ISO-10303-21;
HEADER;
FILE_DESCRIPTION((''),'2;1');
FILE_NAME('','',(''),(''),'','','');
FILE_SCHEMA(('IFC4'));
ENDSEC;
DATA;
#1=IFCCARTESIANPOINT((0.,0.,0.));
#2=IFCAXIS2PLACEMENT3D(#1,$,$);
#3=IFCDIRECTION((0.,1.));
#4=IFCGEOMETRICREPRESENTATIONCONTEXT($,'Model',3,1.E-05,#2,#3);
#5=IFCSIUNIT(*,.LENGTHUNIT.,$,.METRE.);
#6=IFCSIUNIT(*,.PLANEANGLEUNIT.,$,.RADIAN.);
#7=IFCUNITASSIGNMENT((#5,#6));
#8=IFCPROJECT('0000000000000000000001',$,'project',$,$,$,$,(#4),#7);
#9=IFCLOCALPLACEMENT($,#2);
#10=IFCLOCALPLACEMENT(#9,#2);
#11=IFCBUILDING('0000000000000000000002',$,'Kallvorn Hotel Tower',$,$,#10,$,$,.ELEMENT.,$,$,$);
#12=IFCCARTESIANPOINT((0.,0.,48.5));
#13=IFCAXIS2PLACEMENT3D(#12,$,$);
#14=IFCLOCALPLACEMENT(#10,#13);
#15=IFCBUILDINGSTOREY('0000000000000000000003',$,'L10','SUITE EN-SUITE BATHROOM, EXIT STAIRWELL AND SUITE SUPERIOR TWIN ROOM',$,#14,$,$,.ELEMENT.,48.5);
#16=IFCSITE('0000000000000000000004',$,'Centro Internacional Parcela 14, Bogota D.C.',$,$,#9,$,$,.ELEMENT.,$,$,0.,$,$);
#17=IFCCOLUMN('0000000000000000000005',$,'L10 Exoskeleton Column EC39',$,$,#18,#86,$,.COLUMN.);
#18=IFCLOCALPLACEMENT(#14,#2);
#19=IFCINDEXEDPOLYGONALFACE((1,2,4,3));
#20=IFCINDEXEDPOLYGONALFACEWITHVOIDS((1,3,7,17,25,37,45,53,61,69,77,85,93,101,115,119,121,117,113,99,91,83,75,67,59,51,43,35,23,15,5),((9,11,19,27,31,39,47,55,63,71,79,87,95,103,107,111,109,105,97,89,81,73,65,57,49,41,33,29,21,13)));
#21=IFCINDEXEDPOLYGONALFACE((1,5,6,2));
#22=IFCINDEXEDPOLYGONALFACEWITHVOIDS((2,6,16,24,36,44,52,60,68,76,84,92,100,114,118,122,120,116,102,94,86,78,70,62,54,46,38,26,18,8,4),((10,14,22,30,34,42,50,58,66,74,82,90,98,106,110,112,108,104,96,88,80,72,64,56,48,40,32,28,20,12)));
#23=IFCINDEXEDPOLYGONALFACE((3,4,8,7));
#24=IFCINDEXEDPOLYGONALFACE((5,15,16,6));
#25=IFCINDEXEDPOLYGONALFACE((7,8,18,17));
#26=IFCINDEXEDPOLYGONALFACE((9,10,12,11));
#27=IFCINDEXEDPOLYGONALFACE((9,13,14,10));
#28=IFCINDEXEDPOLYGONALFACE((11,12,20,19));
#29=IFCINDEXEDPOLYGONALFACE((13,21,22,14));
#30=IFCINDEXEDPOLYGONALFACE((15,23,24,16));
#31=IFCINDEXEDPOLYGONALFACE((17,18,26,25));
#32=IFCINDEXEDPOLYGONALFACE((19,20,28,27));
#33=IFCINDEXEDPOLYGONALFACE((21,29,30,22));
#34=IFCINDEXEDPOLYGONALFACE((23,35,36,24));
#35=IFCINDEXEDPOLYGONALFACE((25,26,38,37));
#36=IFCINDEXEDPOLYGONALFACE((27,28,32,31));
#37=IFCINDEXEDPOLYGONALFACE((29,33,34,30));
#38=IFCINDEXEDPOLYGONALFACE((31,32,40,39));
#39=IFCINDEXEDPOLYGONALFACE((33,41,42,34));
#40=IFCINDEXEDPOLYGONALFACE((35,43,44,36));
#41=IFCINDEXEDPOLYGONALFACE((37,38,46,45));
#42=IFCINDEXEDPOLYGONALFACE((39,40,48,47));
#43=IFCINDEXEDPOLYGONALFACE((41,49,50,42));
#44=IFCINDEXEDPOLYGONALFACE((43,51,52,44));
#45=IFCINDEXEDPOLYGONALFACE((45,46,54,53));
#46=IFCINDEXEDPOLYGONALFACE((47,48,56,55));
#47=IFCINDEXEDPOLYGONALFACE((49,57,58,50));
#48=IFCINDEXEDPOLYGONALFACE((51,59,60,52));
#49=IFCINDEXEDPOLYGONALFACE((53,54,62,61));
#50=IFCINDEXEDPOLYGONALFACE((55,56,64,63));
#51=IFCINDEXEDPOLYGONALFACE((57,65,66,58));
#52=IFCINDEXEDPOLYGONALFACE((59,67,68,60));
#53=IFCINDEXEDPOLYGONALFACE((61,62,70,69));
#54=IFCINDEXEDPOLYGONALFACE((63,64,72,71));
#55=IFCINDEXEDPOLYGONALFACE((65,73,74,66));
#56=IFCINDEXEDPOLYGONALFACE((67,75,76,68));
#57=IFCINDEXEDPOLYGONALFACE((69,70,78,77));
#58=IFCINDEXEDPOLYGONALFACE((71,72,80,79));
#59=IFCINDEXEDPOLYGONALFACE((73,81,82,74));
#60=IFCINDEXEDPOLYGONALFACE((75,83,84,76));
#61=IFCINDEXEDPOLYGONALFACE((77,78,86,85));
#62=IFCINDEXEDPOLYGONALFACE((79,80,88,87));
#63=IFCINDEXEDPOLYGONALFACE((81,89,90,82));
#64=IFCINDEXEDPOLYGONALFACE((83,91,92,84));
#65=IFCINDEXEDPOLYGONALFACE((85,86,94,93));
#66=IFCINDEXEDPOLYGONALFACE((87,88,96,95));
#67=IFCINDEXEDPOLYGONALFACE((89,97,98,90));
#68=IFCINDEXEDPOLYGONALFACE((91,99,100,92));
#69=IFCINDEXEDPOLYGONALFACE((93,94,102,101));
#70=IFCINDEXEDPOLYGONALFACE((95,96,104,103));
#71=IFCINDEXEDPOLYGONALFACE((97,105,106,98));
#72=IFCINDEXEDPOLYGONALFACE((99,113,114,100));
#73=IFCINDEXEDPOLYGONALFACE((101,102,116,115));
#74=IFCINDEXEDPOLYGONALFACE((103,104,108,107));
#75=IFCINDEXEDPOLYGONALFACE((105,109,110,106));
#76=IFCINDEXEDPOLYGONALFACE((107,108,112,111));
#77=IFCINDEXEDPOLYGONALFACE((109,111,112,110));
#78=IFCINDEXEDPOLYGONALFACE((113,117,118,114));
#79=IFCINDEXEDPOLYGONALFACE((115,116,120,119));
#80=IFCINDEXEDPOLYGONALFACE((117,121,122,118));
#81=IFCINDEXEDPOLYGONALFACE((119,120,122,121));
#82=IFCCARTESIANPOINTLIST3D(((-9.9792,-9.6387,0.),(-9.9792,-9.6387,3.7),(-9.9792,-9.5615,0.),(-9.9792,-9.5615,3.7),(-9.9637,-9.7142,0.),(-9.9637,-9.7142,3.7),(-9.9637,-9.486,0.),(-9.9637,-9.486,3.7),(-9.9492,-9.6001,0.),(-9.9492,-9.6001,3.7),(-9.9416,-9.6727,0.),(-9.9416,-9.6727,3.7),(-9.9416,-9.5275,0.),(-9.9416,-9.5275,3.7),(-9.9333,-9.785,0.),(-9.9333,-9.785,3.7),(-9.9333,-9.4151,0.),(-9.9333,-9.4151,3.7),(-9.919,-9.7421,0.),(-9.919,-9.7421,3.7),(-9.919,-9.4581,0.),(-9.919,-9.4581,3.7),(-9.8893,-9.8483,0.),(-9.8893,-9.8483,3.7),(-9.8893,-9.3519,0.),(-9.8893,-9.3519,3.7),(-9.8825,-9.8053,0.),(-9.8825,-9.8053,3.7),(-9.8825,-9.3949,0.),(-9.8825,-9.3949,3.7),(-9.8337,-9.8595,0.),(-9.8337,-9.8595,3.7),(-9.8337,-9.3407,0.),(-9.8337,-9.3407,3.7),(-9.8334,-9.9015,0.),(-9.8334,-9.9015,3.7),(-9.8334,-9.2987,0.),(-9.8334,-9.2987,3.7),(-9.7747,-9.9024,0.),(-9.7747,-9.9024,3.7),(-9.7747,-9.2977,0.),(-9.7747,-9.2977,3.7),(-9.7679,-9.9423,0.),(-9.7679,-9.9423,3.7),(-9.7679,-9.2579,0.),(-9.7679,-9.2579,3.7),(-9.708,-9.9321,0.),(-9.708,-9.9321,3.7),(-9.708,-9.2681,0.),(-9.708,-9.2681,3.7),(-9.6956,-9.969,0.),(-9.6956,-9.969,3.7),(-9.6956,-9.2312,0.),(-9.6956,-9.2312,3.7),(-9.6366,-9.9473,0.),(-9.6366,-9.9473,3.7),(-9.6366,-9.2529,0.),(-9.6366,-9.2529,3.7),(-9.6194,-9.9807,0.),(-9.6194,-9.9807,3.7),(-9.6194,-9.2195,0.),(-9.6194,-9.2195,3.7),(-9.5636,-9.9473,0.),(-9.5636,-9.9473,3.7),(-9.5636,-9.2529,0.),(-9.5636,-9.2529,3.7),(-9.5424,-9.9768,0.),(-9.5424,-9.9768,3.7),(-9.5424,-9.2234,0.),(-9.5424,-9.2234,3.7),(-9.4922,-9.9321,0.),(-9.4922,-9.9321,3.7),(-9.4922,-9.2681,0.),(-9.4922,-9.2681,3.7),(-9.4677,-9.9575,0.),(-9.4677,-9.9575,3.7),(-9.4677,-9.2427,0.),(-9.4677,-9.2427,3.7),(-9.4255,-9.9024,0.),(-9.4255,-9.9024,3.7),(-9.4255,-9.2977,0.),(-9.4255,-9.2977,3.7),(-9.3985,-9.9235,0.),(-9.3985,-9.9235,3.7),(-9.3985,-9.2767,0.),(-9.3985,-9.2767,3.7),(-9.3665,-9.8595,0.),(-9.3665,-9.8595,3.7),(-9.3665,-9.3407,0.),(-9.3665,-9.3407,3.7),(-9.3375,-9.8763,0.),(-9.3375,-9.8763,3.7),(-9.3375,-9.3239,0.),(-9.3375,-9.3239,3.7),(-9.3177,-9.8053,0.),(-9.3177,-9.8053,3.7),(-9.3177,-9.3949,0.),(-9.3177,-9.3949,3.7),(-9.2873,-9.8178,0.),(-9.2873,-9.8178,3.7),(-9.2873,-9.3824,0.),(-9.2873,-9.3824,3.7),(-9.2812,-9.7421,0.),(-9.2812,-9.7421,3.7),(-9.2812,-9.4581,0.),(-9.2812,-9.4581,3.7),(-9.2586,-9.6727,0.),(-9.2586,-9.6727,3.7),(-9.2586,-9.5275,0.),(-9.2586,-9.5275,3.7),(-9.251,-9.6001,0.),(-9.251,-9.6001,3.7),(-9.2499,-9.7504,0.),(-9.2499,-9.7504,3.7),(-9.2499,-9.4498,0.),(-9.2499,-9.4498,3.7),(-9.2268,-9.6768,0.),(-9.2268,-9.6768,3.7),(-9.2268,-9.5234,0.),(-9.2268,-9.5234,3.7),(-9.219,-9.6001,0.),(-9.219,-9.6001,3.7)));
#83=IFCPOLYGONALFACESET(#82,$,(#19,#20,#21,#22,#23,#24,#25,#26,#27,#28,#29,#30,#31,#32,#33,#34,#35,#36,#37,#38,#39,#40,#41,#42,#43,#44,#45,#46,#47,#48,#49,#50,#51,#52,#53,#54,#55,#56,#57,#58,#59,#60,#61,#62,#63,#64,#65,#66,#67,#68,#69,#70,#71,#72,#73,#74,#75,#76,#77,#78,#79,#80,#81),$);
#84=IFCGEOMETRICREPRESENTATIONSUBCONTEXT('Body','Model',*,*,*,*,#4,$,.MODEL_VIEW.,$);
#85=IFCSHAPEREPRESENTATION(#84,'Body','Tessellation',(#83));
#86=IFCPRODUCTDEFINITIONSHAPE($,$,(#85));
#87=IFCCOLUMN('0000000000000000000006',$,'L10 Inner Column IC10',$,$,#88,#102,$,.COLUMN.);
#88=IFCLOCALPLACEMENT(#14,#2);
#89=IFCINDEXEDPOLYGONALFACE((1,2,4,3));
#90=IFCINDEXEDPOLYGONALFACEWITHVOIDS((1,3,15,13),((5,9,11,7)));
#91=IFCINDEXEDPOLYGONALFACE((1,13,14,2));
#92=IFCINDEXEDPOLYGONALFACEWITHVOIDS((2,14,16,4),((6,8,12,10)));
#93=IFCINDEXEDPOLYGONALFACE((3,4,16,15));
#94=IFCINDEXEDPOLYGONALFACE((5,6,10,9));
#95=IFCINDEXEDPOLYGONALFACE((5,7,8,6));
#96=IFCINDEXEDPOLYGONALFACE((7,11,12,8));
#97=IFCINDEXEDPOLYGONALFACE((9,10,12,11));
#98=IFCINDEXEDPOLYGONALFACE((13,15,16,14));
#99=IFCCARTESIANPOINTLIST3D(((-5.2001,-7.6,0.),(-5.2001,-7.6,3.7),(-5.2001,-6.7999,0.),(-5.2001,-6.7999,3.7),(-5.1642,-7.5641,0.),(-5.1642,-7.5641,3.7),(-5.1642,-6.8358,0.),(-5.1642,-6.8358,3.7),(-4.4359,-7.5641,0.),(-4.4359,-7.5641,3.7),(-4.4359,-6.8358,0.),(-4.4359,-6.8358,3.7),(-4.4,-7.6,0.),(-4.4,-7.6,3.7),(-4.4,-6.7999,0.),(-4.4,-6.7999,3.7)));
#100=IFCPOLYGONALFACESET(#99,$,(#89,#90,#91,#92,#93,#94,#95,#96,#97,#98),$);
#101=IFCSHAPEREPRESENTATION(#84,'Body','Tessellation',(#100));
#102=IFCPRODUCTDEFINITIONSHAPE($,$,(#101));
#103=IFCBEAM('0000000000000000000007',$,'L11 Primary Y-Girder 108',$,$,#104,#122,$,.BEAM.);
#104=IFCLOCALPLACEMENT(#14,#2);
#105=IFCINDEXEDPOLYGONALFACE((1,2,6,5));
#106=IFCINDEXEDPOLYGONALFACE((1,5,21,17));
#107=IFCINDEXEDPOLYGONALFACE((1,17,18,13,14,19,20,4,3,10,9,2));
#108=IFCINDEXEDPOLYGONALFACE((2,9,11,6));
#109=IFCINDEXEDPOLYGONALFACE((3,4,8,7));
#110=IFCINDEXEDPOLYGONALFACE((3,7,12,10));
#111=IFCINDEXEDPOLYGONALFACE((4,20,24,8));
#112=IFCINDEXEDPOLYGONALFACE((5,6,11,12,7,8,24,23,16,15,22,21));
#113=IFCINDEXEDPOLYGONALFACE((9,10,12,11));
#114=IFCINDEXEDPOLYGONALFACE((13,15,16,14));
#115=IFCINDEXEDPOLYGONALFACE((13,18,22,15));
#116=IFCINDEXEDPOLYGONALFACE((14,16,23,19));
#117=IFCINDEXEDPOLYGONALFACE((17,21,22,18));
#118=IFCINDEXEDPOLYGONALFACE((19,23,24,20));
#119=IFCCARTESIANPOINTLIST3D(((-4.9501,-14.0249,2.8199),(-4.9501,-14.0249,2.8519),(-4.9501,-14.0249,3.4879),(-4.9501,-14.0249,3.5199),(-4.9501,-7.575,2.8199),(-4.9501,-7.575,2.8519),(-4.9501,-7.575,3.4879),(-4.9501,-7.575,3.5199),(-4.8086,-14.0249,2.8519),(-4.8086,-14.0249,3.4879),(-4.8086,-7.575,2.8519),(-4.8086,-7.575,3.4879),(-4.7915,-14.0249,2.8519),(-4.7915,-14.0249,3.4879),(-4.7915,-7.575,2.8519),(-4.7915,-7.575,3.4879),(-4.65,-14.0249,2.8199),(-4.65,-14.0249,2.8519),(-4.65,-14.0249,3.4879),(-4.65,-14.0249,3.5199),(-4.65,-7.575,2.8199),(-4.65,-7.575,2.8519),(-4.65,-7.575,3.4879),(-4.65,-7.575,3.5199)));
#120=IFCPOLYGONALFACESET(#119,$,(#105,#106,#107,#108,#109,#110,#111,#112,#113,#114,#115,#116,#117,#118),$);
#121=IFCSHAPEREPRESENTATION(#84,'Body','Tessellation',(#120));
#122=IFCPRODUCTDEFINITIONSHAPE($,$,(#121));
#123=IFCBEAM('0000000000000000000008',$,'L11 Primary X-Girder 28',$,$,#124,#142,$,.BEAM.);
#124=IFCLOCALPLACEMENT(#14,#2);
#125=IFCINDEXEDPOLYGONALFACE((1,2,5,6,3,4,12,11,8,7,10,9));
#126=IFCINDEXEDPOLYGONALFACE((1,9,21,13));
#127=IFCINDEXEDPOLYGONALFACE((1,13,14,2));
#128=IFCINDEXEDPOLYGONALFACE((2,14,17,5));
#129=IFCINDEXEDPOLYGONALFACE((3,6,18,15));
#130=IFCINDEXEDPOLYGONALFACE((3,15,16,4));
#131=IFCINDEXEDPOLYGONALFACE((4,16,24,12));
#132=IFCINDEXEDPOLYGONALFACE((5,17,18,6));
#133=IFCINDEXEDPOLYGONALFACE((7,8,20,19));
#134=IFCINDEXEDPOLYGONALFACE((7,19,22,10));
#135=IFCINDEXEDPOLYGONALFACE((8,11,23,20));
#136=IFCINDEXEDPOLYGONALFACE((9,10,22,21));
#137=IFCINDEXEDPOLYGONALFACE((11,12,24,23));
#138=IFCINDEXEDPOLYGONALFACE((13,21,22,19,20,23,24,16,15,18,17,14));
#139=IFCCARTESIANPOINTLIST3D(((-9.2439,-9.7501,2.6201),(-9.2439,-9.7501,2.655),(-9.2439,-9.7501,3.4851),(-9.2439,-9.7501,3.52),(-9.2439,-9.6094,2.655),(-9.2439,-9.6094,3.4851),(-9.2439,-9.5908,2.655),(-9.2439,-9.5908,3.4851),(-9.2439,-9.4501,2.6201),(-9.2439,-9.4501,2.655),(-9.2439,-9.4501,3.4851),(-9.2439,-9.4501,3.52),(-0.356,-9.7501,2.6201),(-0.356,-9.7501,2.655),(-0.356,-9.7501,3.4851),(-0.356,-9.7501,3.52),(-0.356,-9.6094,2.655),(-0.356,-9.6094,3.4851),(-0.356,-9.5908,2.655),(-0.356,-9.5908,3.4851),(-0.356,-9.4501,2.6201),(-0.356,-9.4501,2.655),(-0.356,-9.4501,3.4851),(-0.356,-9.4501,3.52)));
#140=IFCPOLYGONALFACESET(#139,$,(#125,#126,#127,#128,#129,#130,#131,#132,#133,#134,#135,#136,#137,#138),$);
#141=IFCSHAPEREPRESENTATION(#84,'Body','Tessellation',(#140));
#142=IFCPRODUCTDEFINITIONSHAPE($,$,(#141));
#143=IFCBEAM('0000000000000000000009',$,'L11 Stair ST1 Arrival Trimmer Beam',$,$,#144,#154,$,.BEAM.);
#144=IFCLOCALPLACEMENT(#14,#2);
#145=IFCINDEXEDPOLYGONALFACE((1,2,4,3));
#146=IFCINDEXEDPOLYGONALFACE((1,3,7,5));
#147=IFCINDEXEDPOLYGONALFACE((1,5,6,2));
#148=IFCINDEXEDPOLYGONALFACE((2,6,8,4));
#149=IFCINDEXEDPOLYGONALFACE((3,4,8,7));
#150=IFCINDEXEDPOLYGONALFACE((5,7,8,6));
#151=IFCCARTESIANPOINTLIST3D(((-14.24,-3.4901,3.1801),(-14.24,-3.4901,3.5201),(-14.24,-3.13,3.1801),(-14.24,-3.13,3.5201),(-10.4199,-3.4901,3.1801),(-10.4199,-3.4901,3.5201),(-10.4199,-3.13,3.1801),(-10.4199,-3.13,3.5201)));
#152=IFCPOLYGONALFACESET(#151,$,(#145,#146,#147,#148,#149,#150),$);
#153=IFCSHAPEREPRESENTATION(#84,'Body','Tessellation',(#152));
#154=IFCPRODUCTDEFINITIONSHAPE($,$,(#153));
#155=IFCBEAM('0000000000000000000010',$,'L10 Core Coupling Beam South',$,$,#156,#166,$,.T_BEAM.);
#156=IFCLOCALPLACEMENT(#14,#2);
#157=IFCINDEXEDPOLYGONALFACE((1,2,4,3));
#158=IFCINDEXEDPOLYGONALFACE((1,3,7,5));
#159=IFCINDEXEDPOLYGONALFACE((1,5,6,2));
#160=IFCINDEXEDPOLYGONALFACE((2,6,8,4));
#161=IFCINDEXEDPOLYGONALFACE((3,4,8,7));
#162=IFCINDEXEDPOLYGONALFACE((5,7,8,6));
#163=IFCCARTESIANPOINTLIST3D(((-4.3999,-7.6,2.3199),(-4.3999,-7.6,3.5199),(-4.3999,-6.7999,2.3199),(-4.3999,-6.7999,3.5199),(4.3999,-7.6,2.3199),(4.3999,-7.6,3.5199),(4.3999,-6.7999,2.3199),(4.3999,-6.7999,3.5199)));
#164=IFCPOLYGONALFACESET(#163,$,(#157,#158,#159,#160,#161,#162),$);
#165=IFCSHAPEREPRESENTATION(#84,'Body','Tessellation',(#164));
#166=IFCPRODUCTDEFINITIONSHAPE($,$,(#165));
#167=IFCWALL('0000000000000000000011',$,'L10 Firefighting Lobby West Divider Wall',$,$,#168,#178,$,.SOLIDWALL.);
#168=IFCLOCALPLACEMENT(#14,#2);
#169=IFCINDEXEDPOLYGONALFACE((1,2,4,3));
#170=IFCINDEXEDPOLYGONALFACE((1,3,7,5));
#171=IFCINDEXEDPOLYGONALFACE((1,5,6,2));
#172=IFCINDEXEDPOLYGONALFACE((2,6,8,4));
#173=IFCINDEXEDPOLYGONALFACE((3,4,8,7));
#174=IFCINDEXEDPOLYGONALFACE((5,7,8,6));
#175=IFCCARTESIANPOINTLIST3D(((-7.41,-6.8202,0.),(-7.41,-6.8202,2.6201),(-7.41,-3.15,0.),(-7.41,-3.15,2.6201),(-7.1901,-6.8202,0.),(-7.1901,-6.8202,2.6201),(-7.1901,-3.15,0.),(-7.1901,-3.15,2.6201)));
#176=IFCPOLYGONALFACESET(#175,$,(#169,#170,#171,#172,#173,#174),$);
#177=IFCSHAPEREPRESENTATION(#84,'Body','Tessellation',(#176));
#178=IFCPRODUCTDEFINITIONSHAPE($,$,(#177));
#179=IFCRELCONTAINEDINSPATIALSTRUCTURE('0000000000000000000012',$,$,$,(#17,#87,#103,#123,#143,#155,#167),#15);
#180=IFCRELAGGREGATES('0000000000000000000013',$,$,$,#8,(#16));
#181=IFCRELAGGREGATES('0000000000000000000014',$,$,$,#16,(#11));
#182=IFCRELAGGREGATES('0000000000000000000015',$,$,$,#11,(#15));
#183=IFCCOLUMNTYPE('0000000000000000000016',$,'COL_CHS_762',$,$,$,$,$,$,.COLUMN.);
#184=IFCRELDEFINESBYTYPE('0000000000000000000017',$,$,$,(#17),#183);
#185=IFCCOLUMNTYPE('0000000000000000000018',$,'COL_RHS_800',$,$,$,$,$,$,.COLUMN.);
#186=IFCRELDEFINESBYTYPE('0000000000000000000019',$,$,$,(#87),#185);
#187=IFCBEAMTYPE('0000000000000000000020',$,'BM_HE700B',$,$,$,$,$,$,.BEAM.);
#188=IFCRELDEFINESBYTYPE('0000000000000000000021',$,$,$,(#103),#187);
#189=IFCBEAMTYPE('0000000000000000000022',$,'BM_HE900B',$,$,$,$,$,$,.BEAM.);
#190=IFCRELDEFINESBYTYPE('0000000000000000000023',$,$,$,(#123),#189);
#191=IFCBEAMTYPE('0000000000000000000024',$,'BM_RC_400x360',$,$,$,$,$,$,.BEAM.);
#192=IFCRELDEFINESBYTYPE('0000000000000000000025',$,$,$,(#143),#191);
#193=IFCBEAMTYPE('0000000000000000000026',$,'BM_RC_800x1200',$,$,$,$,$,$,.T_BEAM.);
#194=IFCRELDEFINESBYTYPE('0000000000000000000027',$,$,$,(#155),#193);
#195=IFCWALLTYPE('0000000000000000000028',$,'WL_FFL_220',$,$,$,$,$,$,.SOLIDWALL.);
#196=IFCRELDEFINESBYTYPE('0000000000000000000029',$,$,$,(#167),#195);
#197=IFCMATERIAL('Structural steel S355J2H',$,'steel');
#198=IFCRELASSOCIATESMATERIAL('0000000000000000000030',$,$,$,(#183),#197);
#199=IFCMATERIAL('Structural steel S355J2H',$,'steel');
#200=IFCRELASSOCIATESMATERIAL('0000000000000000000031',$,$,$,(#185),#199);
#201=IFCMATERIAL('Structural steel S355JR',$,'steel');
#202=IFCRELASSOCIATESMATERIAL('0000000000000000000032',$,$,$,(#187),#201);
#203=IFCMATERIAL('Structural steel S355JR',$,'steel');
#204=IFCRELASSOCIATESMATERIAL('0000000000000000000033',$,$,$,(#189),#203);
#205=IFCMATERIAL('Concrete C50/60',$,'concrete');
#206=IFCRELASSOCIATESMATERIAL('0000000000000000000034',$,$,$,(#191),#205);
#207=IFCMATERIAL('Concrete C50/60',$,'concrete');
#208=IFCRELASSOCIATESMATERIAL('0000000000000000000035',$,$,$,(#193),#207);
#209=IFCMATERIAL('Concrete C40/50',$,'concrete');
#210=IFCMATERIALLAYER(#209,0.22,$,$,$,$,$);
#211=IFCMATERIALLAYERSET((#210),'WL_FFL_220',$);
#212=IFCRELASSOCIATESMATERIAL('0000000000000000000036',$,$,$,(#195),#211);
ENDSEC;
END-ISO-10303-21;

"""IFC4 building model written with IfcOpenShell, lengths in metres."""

from ifc_helpers import new_model, si_unit, direction, frame, frame_2d, origin, origin_2d, place, context, subcontext, project, spatial, rectangle, hollow_rectangle, hollow_circle, i_section, extrude, material, layer, layer_set, material_profile, profile_set, type_object, element, save


model = new_model("IFC4")

# Units and contexts
model_context = context("Model", 3, precision=1e-05, world=origin(), true_north=direction((0.0, 1.0)))
body_context = subcontext(model_context, "Body", "Model", "MODEL_VIEW")
ifc_project = project(units=[si_unit("LENGTHUNIT", "METRE"), si_unit("PLANEANGLEUNIT", "RADIAN")], contexts=[model_context])

# Site, building, storey
site_placement = place(None, origin())
site = spatial("IfcSite", under=ifc_project, at=site_placement, Name="Centro Internacional Parcela 14, Bogota D.C.", CompositionType="ELEMENT", RefElevation=0.0)
building_placement = place(site_placement, origin())
building = spatial("IfcBuilding", under=site, at=building_placement, Name="Kallvorn Hotel Tower", CompositionType="ELEMENT")
storey_placement = place(building_placement, frame((0.0, 0.0, 48.5)))
storey = spatial("IfcBuildingStorey", under=building, at=storey_placement, Name="L10", Description="SUITE EN-SUITE BATHROOM, EXIT STAIRWELL AND SUITE SUPERIOR TWIN ROOM", CompositionType="ELEMENT", Elevation=48.5)

# Columns
ifc_material_1 = material(Name="Structural steel S355J2H", Category="steel")
ifc_material_profile_1 = material_profile(ifc_material_1, hollow_circle(Radius=0.3811, WallThickness=0.032, at=origin_2d()), Name="CHS 762x32")
ifc_profile_set_1 = profile_set([ifc_material_profile_1], Name="Structural steel S355J2H")
column_type_1 = type_object("IfcColumnType", Name="COL_CHS_762", PredefinedType="COLUMN", material=ifc_profile_set_1)
column_1_placement = place(storey_placement, frame((-9.6001, -9.6001, 0.0), z_axis=(0.0, 0.0, 1.0), x_axis=(1.0, 0.0, 0.0)))
element("IfcColumn", 1, at=column_1_placement, inside=storey, type_object=column_type_1, Name="L10 Exoskeleton Column EC39", PredefinedType="COLUMN", context=body_context, shape_type="SweptSolid", body=[
    extrude(hollow_circle(Radius=0.3811, WallThickness=0.032, at=origin_2d()), origin(), (0.0, 0.0, 1.0), 3.7),
])
ifc_material_2 = material(Name="Structural steel S355J2H", Category="steel")
ifc_material_profile_2 = material_profile(ifc_material_2, hollow_rectangle(XDim=0.8, YDim=0.8, WallThickness=0.0359, at=origin_2d()), Name="RHS 800x800x36")
ifc_profile_set_2 = profile_set([ifc_material_profile_2], Name="Structural steel S355J2H")
column_type_2 = type_object("IfcColumnType", Name="COL_RHS_800", PredefinedType="COLUMN", material=ifc_profile_set_2)
column_2_placement = place(storey_placement, frame((-4.8, -7.2, 0.0), z_axis=(0.0, 0.0, 1.0), x_axis=(1.0, 0.0, 0.0)))
element("IfcColumn", 2, at=column_2_placement, inside=storey, type_object=column_type_2, Name="L10 Inner Column IC10", PredefinedType="COLUMN", context=body_context, shape_type="SweptSolid", body=[
    extrude(hollow_rectangle(XDim=0.8, YDim=0.8, WallThickness=0.0359, at=origin_2d()), origin(), (0.0, 0.0, 1.0), 3.7),
])

# Beams
ifc_material_3 = material(Name="Structural steel S355JR", Category="steel")
ifc_material_profile_3 = material_profile(ifc_material_3, i_section(OverallWidth=0.3, OverallDepth=0.7, WebThickness=0.0171, FlangeThickness=0.032, at=origin_2d()), Name="HE 700 B")
ifc_profile_set_3 = profile_set([ifc_material_profile_3], Name="Structural steel S355JR")
beam_type_1 = type_object("IfcBeamType", Name="BM_HE700B", PredefinedType="BEAM", material=ifc_profile_set_3)
beam_1_placement = place(storey_placement, frame((-4.8, -14.0249, 3.1699), z_axis=(0.0, 1.0, 0.0), x_axis=(-1.0, 0.0, 0.0)))
element("IfcBeam", 3, at=beam_1_placement, inside=storey, type_object=beam_type_1, Name="L11 Primary Y-Girder 108", PredefinedType="BEAM", context=body_context, shape_type="SweptSolid", body=[
    extrude(i_section(OverallWidth=0.3, OverallDepth=0.7, WebThickness=0.0171, FlangeThickness=0.032, at=origin_2d()), origin(), (0.0, 0.0, 1.0), 6.45),
])
ifc_material_4 = material(Name="Structural steel S355JR", Category="steel")
ifc_material_profile_4 = material_profile(ifc_material_4, i_section(OverallWidth=0.3, OverallDepth=0.8999, WebThickness=0.0186, FlangeThickness=0.0349, at=origin_2d()), Name="HE 900 B")
ifc_profile_set_4 = profile_set([ifc_material_profile_4], Name="Structural steel S355JR")
beam_type_2 = type_object("IfcBeamType", Name="BM_HE900B", PredefinedType="BEAM", material=ifc_profile_set_4)
beam_2_placement = place(storey_placement, frame((-9.2439, -9.6001, 3.0701), z_axis=(1.0, 0.0, 0.0), x_axis=(0.0, 1.0, 0.0)))
element("IfcBeam", 4, at=beam_2_placement, inside=storey, type_object=beam_type_2, Name="L11 Primary X-Girder 28", PredefinedType="BEAM", context=body_context, shape_type="SweptSolid", body=[
    extrude(i_section(OverallWidth=0.3, OverallDepth=0.8999, WebThickness=0.0186, FlangeThickness=0.0349, at=origin_2d()), origin(), (0.0, 0.0, 1.0), 8.8879),
])
ifc_material_5 = material(Name="Concrete C50/60", Category="concrete")
ifc_material_profile_5 = material_profile(ifc_material_5, rectangle(XDim=0.3601, YDim=0.3401, at=origin_2d()), Name="RC 360x340")
ifc_profile_set_5 = profile_set([ifc_material_profile_5], Name="Concrete C50/60")
beam_type_3 = type_object("IfcBeamType", Name="BM_RC_400x360", PredefinedType="BEAM", material=ifc_profile_set_5)
beam_3_placement = place(storey_placement, frame((-10.4199, -3.3101, 3.3501), z_axis=(-1.0, 0.0, 0.0), x_axis=(0.0, -1.0, 0.0)))
element("IfcBeam", 5, at=beam_3_placement, inside=storey, type_object=beam_type_3, Name="L11 Stair ST1 Arrival Trimmer Beam", PredefinedType="BEAM", context=body_context, shape_type="SweptSolid", body=[
    extrude(rectangle(XDim=0.3601, YDim=0.3401, at=origin_2d()), origin(), (0.0, 0.0, 1.0), 3.8201),
])
ifc_material_6 = material(Name="Concrete C50/60", Category="concrete")
ifc_material_profile_6 = material_profile(ifc_material_6, rectangle(XDim=0.8, YDim=1.2, at=origin_2d()), Name="RC 800x1200")
ifc_profile_set_6 = profile_set([ifc_material_profile_6], Name="Concrete C50/60")
beam_type_4 = type_object("IfcBeamType", Name="BM_RC_800x1200", PredefinedType="T_BEAM", material=ifc_profile_set_6)
beam_4_placement = place(storey_placement, frame((-4.3999, -7.2, 2.9199), z_axis=(1.0, 0.0, 0.0), x_axis=(0.0, 1.0, 0.0)))
element("IfcBeam", 6, at=beam_4_placement, inside=storey, type_object=beam_type_4, Name="L10 Core Coupling Beam South", PredefinedType="T_BEAM", context=body_context, shape_type="SweptSolid", body=[
    extrude(rectangle(XDim=0.8, YDim=1.2, at=origin_2d()), origin(), (0.0, 0.0, 1.0), 8.7998),
])

# Wall
ifc_material_7 = material(Name="Concrete C40/50", Category="concrete")
ifc_layer_1 = layer(ifc_material_7, 0.22)
ifc_layer_set_1 = layer_set([ifc_layer_1], Name="WL_FFL_220")
wall_type_1 = type_object("IfcWallType", Name="WL_FFL_220", PredefinedType="SOLIDWALL", material=ifc_layer_set_1)
wall_1_placement = place(storey_placement, frame((-7.3, -6.8201, 0.0), z_axis=(0.0, 0.0, 1.0), x_axis=(0.0, 1.0, 0.0)))
element("IfcWall", 7, at=wall_1_placement, inside=storey, type_object=wall_type_1, Name="L10 Firefighting Lobby West Divider Wall", PredefinedType="SOLIDWALL", context=body_context, shape_type="SweptSolid", body=[
    extrude(rectangle(XDim=3.6702, YDim=0.22, at=frame_2d((1.835, 0.0))), origin(), (0.0, 0.0, 1.0), 2.6201),
])

save(model, "model.ifc")
